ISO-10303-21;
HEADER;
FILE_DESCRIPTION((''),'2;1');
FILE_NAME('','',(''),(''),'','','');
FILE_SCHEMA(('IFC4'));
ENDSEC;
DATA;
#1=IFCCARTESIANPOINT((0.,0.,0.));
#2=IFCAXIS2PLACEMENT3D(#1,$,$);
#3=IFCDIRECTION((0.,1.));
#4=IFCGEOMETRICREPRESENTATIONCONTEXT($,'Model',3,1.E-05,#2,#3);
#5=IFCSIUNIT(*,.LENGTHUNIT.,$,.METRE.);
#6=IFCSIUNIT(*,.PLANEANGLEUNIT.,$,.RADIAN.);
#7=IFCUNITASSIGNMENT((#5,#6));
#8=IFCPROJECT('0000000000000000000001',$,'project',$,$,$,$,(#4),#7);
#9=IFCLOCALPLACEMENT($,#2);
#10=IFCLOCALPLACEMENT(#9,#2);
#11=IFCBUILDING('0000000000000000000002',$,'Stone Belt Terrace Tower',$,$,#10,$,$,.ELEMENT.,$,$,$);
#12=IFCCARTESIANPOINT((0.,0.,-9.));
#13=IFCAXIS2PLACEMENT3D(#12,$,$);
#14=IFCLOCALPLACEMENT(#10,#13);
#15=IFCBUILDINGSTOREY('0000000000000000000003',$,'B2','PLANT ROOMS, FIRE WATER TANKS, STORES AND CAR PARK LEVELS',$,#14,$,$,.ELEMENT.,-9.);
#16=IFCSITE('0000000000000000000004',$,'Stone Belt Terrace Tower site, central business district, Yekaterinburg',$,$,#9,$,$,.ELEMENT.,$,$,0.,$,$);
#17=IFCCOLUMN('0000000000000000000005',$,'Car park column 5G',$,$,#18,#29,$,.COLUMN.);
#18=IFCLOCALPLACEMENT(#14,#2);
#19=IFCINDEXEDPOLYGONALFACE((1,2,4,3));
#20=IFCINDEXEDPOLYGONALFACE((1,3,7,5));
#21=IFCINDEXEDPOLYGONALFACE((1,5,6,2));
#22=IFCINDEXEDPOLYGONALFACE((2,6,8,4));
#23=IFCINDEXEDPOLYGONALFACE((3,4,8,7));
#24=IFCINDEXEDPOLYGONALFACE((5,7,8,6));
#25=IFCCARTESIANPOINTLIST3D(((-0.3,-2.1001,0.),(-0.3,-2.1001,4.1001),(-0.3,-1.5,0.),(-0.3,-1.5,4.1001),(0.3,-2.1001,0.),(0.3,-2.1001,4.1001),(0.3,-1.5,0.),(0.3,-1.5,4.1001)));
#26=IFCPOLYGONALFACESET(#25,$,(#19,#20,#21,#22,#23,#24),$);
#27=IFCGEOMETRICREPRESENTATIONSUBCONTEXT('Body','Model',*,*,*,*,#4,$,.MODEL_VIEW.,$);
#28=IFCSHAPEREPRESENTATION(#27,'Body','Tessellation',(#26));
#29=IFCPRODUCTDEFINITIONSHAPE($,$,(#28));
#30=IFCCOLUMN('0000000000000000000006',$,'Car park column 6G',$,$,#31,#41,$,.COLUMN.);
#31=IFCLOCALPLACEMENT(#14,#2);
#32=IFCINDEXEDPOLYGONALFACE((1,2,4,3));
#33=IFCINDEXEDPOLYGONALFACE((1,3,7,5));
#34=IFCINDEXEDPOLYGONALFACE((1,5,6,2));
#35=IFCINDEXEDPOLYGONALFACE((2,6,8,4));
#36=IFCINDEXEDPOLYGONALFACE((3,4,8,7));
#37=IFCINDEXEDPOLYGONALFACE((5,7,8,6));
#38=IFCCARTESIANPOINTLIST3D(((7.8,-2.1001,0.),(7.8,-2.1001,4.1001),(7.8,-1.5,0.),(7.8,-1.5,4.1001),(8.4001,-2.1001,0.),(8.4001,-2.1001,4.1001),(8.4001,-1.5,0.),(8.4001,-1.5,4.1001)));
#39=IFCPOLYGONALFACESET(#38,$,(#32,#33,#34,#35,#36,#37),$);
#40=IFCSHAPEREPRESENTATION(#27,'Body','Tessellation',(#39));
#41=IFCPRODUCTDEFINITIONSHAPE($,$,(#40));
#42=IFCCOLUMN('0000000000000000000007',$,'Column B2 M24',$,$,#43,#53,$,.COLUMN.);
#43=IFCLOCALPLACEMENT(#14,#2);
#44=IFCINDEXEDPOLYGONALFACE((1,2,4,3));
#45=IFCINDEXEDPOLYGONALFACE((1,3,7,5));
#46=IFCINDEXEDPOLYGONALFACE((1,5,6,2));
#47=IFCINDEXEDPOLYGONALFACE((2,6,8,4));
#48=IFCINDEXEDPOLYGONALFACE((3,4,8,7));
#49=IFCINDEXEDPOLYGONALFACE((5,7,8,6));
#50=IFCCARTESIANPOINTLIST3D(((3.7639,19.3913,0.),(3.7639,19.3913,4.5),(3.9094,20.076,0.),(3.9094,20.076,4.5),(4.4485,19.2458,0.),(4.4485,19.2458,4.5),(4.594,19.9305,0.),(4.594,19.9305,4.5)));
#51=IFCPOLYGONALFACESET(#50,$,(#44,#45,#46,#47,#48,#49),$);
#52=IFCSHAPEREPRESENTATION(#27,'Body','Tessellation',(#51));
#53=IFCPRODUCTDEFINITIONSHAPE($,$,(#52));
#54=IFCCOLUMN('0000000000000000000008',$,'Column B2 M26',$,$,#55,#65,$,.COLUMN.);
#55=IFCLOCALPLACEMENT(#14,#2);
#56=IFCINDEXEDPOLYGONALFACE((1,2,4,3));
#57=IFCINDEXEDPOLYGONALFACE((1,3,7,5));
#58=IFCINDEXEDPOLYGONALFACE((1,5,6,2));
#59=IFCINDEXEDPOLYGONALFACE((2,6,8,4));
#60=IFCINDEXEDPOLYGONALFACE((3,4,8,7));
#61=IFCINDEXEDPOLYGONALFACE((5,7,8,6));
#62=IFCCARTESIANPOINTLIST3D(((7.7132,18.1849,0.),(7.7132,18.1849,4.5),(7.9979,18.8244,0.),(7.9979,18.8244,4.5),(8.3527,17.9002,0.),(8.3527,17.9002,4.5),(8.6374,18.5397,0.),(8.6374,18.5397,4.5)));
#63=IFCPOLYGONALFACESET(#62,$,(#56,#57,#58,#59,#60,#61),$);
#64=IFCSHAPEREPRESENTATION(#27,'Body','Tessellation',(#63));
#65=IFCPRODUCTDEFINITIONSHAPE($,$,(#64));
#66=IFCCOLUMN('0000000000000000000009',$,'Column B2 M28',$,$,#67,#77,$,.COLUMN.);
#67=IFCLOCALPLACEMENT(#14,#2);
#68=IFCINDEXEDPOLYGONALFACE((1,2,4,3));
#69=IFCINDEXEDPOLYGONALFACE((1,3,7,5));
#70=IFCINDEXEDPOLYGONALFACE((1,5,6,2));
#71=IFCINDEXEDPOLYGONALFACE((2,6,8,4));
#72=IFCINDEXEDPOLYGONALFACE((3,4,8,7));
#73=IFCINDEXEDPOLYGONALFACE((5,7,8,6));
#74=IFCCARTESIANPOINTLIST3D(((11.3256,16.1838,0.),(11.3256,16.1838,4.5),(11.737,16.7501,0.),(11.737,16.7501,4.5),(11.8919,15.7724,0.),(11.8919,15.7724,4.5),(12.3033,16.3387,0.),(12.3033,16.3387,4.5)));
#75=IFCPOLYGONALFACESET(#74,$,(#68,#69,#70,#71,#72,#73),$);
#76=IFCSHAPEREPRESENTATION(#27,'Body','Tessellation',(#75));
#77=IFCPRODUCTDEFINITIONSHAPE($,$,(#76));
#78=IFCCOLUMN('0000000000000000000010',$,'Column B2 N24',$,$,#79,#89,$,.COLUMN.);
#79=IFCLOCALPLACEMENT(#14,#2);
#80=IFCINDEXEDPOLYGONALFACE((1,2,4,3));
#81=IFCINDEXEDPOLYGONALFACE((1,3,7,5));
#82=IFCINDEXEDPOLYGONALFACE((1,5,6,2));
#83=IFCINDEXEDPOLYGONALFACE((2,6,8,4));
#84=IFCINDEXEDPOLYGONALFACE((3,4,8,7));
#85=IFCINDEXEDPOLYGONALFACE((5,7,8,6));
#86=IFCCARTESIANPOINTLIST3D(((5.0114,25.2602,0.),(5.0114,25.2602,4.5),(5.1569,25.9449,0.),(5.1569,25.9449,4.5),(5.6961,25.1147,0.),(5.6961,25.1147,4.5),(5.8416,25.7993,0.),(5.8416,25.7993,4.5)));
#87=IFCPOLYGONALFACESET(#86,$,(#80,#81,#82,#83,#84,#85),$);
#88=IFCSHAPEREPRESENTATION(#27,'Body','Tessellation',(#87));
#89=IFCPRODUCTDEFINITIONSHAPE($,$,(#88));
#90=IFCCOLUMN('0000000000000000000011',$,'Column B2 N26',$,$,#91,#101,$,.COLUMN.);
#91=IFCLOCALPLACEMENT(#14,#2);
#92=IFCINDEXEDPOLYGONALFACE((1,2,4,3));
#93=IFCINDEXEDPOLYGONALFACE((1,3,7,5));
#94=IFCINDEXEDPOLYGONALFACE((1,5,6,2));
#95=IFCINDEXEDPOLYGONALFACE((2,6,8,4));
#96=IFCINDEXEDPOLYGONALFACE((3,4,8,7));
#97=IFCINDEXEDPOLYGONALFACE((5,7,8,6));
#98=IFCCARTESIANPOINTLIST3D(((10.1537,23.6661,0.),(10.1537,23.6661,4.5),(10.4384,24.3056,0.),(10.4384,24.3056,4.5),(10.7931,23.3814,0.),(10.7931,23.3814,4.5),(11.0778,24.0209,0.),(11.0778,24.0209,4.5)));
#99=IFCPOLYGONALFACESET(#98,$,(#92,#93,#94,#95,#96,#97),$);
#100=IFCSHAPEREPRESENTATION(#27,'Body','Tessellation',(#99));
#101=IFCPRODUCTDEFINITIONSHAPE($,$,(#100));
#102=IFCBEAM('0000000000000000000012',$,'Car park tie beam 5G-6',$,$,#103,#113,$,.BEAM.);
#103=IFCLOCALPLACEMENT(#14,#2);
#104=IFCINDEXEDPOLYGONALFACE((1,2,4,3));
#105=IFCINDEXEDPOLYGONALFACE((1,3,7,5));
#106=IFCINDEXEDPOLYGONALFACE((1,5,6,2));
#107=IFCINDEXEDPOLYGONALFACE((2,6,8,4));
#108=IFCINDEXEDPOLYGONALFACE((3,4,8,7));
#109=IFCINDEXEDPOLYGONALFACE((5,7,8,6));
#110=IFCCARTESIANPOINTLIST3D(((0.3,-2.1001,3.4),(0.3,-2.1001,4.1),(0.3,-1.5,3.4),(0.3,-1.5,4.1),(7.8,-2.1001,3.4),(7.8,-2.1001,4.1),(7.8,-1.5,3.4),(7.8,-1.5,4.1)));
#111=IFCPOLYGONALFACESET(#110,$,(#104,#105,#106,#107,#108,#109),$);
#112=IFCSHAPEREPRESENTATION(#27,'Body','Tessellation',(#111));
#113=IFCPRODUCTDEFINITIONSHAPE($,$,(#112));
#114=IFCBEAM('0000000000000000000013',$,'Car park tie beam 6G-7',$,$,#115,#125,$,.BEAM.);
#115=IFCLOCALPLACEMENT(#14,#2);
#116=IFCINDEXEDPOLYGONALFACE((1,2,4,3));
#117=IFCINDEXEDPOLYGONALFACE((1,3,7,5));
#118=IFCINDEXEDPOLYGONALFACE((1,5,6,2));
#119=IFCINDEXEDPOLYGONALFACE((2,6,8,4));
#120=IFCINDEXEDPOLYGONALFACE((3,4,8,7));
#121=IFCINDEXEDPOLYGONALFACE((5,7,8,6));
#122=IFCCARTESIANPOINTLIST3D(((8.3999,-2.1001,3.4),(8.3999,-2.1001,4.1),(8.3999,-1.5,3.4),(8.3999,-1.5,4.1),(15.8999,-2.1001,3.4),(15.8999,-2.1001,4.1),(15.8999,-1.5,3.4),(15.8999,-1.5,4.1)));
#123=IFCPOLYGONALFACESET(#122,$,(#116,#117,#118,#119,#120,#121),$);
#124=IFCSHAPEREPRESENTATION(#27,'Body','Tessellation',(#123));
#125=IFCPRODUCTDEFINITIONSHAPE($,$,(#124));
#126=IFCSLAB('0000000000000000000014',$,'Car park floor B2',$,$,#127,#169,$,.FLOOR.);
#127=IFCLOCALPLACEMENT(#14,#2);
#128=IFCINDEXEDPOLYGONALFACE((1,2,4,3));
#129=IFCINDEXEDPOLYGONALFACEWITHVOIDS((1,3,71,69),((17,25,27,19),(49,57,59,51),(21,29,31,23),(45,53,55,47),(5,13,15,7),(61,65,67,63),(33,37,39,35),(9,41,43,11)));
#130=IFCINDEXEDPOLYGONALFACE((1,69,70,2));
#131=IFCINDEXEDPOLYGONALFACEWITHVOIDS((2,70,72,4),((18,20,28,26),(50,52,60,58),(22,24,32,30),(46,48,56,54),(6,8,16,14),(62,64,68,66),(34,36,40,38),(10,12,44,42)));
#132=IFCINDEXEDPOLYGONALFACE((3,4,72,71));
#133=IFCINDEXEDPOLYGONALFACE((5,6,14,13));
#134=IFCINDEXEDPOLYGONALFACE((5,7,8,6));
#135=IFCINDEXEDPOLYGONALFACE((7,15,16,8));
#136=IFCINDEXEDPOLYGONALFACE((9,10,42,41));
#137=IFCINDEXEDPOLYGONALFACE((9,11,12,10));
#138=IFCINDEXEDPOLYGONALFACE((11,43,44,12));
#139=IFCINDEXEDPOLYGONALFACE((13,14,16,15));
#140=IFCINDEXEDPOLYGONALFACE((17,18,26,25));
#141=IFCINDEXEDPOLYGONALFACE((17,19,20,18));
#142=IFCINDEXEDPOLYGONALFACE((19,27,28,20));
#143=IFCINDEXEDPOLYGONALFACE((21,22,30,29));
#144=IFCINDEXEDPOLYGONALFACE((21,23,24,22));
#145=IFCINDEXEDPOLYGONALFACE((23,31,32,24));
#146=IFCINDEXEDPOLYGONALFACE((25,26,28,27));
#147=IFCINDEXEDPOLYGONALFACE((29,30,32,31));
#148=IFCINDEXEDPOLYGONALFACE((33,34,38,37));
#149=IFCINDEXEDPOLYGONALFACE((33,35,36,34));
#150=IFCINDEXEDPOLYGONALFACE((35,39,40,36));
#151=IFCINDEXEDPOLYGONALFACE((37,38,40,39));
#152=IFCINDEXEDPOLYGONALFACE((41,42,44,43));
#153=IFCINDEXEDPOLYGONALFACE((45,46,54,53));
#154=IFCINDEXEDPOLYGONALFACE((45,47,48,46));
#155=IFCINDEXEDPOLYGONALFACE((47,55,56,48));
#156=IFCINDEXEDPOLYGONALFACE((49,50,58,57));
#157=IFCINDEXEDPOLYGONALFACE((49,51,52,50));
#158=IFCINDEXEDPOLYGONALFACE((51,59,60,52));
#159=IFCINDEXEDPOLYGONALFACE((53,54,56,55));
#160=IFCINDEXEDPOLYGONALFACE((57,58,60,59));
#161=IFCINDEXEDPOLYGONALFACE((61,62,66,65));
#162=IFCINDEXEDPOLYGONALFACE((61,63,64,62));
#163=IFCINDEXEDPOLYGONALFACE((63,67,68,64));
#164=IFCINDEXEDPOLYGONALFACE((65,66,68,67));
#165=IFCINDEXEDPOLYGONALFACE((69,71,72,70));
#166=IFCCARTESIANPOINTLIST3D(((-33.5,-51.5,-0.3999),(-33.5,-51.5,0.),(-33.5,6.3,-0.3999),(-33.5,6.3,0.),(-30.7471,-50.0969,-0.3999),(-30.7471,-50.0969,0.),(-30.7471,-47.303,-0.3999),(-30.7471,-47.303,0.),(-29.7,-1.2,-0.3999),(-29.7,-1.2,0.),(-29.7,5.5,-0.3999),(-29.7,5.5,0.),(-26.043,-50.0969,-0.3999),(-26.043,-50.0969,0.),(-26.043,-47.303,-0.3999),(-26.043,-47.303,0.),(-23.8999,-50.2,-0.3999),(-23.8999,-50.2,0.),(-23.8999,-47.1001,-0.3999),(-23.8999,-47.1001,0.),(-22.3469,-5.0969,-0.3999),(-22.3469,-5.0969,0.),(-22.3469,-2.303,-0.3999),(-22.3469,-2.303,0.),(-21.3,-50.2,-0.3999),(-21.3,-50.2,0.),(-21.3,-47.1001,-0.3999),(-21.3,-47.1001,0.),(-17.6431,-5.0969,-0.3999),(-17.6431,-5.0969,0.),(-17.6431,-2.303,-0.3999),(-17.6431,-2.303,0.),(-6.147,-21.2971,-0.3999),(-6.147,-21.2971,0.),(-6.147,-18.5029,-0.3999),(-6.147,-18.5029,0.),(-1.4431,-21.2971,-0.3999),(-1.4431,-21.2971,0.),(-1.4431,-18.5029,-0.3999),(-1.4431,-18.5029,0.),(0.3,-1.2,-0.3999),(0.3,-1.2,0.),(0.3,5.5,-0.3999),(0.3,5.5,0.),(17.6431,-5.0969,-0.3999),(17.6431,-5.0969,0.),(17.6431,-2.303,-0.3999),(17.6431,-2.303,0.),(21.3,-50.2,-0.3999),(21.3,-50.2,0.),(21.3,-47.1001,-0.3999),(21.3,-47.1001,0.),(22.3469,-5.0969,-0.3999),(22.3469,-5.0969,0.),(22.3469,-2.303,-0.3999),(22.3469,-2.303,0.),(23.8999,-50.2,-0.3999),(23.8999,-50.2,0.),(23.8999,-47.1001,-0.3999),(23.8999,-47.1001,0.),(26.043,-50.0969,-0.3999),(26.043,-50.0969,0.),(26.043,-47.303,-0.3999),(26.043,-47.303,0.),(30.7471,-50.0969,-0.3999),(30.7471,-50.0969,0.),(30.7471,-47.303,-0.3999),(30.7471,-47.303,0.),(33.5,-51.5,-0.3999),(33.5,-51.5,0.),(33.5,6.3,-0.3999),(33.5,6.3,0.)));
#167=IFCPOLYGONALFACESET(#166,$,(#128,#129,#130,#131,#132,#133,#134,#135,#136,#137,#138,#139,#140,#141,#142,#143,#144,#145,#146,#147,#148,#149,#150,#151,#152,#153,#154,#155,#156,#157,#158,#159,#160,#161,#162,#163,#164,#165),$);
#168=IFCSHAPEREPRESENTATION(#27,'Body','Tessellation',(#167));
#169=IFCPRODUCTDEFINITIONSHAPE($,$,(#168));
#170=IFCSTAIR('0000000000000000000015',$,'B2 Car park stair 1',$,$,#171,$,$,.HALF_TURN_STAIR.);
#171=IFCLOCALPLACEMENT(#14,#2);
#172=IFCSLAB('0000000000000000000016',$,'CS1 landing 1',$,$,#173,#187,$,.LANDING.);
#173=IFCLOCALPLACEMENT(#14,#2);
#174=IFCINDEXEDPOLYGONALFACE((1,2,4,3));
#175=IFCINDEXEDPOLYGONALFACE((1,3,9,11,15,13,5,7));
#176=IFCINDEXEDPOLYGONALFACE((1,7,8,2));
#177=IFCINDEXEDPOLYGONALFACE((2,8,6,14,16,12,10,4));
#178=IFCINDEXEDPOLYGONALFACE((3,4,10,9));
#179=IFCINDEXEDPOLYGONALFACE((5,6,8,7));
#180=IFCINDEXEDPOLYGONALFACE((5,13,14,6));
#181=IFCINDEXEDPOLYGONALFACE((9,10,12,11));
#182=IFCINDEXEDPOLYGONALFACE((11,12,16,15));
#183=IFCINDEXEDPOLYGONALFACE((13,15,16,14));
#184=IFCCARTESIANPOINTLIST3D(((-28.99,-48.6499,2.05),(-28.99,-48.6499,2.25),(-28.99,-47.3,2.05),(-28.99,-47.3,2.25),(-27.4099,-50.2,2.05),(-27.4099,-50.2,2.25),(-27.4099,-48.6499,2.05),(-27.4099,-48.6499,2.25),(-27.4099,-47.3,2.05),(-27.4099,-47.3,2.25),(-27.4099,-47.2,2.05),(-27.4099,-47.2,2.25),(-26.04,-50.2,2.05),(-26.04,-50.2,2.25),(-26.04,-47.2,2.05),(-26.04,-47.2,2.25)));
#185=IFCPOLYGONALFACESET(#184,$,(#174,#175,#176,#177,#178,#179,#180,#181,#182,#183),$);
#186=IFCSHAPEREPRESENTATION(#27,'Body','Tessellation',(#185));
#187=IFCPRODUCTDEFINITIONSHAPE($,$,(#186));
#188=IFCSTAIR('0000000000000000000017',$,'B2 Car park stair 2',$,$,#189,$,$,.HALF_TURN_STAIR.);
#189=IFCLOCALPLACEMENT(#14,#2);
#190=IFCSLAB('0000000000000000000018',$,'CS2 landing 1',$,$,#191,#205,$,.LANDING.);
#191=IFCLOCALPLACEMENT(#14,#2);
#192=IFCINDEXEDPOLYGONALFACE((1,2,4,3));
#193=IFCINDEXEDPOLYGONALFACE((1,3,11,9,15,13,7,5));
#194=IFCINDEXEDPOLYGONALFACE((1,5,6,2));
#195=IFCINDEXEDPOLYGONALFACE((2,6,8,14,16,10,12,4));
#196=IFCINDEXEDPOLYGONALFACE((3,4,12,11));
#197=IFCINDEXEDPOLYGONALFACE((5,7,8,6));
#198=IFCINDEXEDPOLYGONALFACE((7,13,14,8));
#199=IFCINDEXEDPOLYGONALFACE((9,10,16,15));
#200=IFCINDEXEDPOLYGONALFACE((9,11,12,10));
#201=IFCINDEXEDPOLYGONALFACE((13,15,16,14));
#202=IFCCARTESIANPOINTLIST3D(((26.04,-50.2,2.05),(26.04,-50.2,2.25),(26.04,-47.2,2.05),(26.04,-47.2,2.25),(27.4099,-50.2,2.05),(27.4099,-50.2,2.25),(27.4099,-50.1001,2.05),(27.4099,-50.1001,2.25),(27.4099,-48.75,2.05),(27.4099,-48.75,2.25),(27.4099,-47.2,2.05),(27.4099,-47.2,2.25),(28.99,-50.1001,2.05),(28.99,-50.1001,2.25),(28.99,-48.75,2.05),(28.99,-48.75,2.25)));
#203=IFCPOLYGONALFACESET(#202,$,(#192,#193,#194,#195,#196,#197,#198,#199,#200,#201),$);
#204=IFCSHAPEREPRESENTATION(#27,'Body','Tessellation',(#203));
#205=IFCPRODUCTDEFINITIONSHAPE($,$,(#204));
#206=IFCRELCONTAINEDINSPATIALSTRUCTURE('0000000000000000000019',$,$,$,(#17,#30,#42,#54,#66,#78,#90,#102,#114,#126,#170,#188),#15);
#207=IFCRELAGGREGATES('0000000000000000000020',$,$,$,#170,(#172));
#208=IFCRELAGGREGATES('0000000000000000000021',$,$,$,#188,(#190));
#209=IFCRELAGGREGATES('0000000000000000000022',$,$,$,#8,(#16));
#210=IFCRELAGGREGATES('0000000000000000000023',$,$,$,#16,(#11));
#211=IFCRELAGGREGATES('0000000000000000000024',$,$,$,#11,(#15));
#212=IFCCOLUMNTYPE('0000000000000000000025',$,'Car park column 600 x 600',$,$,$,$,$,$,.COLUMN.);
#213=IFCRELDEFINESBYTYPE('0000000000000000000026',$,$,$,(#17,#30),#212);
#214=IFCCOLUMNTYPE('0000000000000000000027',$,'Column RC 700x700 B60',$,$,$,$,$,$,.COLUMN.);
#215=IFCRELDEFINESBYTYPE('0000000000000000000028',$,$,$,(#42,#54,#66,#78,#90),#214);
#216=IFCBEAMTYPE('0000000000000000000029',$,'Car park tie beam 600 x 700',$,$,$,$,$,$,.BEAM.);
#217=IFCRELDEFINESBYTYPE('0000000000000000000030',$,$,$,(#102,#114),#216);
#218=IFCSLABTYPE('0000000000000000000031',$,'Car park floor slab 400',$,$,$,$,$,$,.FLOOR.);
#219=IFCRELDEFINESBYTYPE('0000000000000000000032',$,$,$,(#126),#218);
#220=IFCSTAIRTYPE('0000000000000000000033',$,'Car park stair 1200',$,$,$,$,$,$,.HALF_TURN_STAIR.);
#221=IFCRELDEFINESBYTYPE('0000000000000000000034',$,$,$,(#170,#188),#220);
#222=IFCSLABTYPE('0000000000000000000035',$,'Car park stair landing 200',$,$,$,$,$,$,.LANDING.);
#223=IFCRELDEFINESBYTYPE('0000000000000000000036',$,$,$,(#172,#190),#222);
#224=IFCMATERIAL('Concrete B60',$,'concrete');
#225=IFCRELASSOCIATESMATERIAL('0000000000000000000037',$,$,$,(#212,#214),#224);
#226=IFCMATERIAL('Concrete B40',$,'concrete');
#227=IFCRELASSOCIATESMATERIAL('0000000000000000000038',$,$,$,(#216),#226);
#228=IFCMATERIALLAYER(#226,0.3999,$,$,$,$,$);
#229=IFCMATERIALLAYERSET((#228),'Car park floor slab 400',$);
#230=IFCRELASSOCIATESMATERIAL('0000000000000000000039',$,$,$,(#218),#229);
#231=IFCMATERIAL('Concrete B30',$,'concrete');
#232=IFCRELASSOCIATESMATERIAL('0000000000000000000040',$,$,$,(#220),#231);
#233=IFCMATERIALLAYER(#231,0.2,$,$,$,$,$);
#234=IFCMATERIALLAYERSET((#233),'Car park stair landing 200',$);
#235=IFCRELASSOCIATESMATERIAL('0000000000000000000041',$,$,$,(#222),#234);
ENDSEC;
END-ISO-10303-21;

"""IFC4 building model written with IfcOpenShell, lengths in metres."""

from ifc_helpers import new_model, si_unit, direction, frame, origin, origin_2d, place, context, subcontext, project, spatial, polyline, rectangle, outline, extrude, material, layer, layer_set, material_profile, profile_set, type_object, element, aggregate, save


model = new_model("IFC4")

# Units and contexts
model_context = context("Model", 3, precision=1e-05, world=origin(), true_north=direction((0.0, 1.0)))
body_context = subcontext(model_context, "Body", "Model", "MODEL_VIEW")
ifc_project = project(units=[si_unit("LENGTHUNIT", "METRE"), si_unit("PLANEANGLEUNIT", "RADIAN")], contexts=[model_context])

# Site, building, storey
site_placement = place(None, origin())
site = spatial("IfcSite", under=ifc_project, at=site_placement, Name="Stone Belt Terrace Tower site, central business district, Yekaterinburg", CompositionType="ELEMENT", RefElevation=0.0)
building_placement = place(site_placement, origin())
building = spatial("IfcBuilding", under=site, at=building_placement, Name="Stone Belt Terrace Tower", CompositionType="ELEMENT")
storey_placement = place(building_placement, frame((0.0, 0.0, -9.0)))
storey = spatial("IfcBuildingStorey", under=building, at=storey_placement, Name="B2", Description="PLANT ROOMS, FIRE WATER TANKS, STORES AND CAR PARK LEVELS", CompositionType="ELEMENT", Elevation=-9.0)

# Columns
ifc_material_1 = material(Name="Concrete B60", Category="concrete")
ifc_material_profile_1 = material_profile(ifc_material_1, rectangle(XDim=0.6001, YDim=0.6001, at=origin_2d()), Name="Car park column 600 x 600")
ifc_profile_set_1 = profile_set([ifc_material_profile_1], Name="Concrete B60")
column_type_1 = type_object("IfcColumnType", Name="Car park column 600 x 600", PredefinedType="COLUMN", material=ifc_profile_set_1)
for number, where, z_axis, x_axis, name in (
    (1, (0.0, -1.8, 0.0), (0.0, 0.0, 1.0), (1.0, 0.0, 0.0), "Car park column 5G"),
    (2, (8.1001, -1.8, 0.0), (0.0, 0.0, 1.0), (1.0, 0.0, 0.0), "Car park column 6G"),
):
    element("IfcColumn", number, at=place(storey_placement, frame(where, z_axis=z_axis, x_axis=x_axis)), inside=storey, type_object=column_type_1, Name=name, PredefinedType="COLUMN", context=body_context, shape_type="SweptSolid", body=[
        extrude(rectangle(XDim=0.6001, YDim=0.6001, at=origin_2d()), origin(), (0.0, 0.0, 1.0), 4.1001),
    ])
ifc_material_profile_2 = material_profile(ifc_material_1, rectangle(XDim=0.7, YDim=0.7, at=origin_2d()), Name="RC 700x700")
ifc_profile_set_2 = profile_set([ifc_material_profile_2], Name="Concrete B60")
column_type_2 = type_object("IfcColumnType", Name="Column RC 700x700 B60", PredefinedType="COLUMN", material=ifc_profile_set_2)
for number, where, z_axis, x_axis, name in (
    (3, (4.179, 19.6609, 0.0), (0.0, 0.0, 1.0), (0.978148, -0.207912, 0.0), "Column B2 M24"),
    (4, (8.1753, 18.3623, 0.0), (0.0, 0.0, 1.0), (0.913545, -0.406737, 0.0), "Column B2 M26"),
    (5, (11.8145, 16.2612, 0.0), (0.0, 0.0, 1.0), (0.809017, -0.587785, 0.0), "Column B2 M28"),
    (6, (5.4265, 25.5298, 0.0), (0.0, 0.0, 1.0), (0.978148, -0.207912, 0.0), "Column B2 N24"),
    (7, (10.6157, 23.8435, 0.0), (0.0, 0.0, 1.0), (0.913545, -0.406737, 0.0), "Column B2 N26"),
):
    element("IfcColumn", number, at=place(storey_placement, frame(where, z_axis=z_axis, x_axis=x_axis)), inside=storey, type_object=column_type_2, Name=name, PredefinedType="COLUMN", context=body_context, shape_type="SweptSolid", body=[
        extrude(rectangle(XDim=0.7, YDim=0.7, at=origin_2d()), origin(), (0.0, 0.0, 1.0), 4.5),
    ])

# Beams
ifc_material_2 = material(Name="Concrete B40", Category="concrete")
ifc_material_profile_3 = material_profile(ifc_material_2, rectangle(XDim=0.6001, YDim=0.7, at=origin_2d()), Name="Car park tie beam 600 x 700")
ifc_profile_set_3 = profile_set([ifc_material_profile_3], Name="Concrete B40")
beam_type = type_object("IfcBeamType", Name="Car park tie beam 600 x 700", PredefinedType="BEAM", material=ifc_profile_set_3)
for number, where, z_axis, x_axis, name in (
    (8, (0.3, -1.8, 3.75), (1.0, 0.0, 0.0), (0.0, 1.0, 0.0), "Car park tie beam 5G-6"),
    (9, (8.3999, -1.8, 3.75), (1.0, 0.0, 0.0), (0.0, 1.0, 0.0), "Car park tie beam 6G-7"),
):
    element("IfcBeam", number, at=place(storey_placement, frame(where, z_axis=z_axis, x_axis=x_axis)), inside=storey, type_object=beam_type, Name=name, PredefinedType="BEAM", context=body_context, shape_type="SweptSolid", body=[
        extrude(rectangle(XDim=0.6001, YDim=0.7, at=origin_2d()), origin(), (0.0, 0.0, 1.0), 7.5),
    ])

# Slab
ifc_layer_1 = layer(ifc_material_2, 0.3999)
ifc_layer_set_1 = layer_set([ifc_layer_1], Name="Car park floor slab 400")
slab_type_1 = type_object("IfcSlabType", Name="Car park floor slab 400", PredefinedType="FLOOR", material=ifc_layer_set_1)
slab_1_placement = place(storey_placement, frame((0.0, 0.0, -0.3999)))
element("IfcSlab", 10, at=slab_1_placement, inside=storey, type_object=slab_type_1, Name="Car park floor B2", PredefinedType="FLOOR", context=body_context, shape_type="SweptSolid", body=[
    extrude(outline(polyline([(-33.5, -51.5), (33.5, -51.5), (33.5, 6.3), (-33.5, 6.3), (-33.5, -51.5)]), holes=[polyline([(0.3, -1.2), (0.3, 5.5), (-29.7, 5.5), (-29.7, -1.2), (0.3, -1.2)]), polyline([(-30.7471, -47.303), (-30.7471, -50.0969), (-26.043, -50.0969), (-26.043, -47.303), (-30.7471, -47.303)]), polyline([(26.043, -50.0969), (30.7471, -50.0969), (30.7471, -47.303), (26.043, -47.303), (26.043, -50.0969)]), polyline([(-17.6431, -5.0969), (-17.6431, -2.303), (-22.3469, -2.303), (-22.3469, -5.0969), (-17.6431, -5.0969)]), polyline([(22.3469, -2.303), (17.6431, -2.303), (17.6431, -5.0969), (22.3469, -5.0969), (22.3469, -2.303)]), polyline([(-6.147, -18.5029), (-6.147, -21.2971), (-1.4431, -21.2971), (-1.4431, -18.5029), (-6.147, -18.5029)]), polyline([(-23.8999, -47.1001), (-23.8999, -50.2), (-21.3, -50.2), (-21.3, -47.1001), (-23.8999, -47.1001)]), polyline([(23.8999, -47.1001), (21.3, -47.1001), (21.3, -50.2), (23.8999, -50.2), (23.8999, -47.1001)])]), origin(), (0.0, 0.0, 1.0), 0.3999),
])

# Stairs, slabs
ifc_material_3 = material(Name="Concrete B30", Category="concrete")
stair_type_1 = type_object("IfcStairType", Name="Car park stair 1200", PredefinedType="HALF_TURN_STAIR", material=ifc_material_3)
stair_1_placement = place(storey_placement, origin())
stair_1 = element("IfcStair", 11, at=stair_1_placement, inside=storey, type_object=stair_type_1, Name="B2 Car park stair 1", PredefinedType="HALF_TURN_STAIR")
ifc_layer_2 = layer(ifc_material_3, 0.2)
ifc_layer_set_2 = layer_set([ifc_layer_2], Name="Car park stair landing 200")
slab_type_2 = type_object("IfcSlabType", Name="Car park stair landing 200", PredefinedType="LANDING", material=ifc_layer_set_2)
slab_2_placement = place(storey_placement, frame((0.0, 0.0, 2.05)))
slab_2 = element("IfcSlab", 12, at=slab_2_placement, type_object=slab_type_2, Name="CS1 landing 1", PredefinedType="LANDING", context=body_context, shape_type="SweptSolid", body=[
    extrude(outline(polyline([(-27.4099, -50.2), (-26.04, -50.2), (-26.04, -47.2), (-27.4099, -47.2), (-27.4099, -47.3), (-28.99, -47.3), (-28.99, -48.6499), (-27.4099, -48.6499), (-27.4099, -50.2)])), origin(), (0.0, 0.0, 1.0), 0.2),
])
aggregate(stair_1, [slab_2])
stair_2_placement = place(storey_placement, origin())
stair_2 = element("IfcStair", 13, at=stair_2_placement, inside=storey, type_object=stair_type_1, Name="B2 Car park stair 2", PredefinedType="HALF_TURN_STAIR")
slab_3_placement = place(storey_placement, frame((0.0, 0.0, 2.05)))
slab_3 = element("IfcSlab", 14, at=slab_3_placement, type_object=slab_type_2, Name="CS2 landing 1", PredefinedType="LANDING", context=body_context, shape_type="SweptSolid", body=[
    extrude(outline(polyline([(26.04, -50.2), (27.4099, -50.2), (27.4099, -50.1001), (28.99, -50.1001), (28.99, -48.75), (27.4099, -48.75), (27.4099, -47.2), (26.04, -47.2), (26.04, -50.2)])), origin(), (0.0, 0.0, 1.0), 0.2),
])
aggregate(stair_2, [slab_3])

save(model, "model.ifc")
